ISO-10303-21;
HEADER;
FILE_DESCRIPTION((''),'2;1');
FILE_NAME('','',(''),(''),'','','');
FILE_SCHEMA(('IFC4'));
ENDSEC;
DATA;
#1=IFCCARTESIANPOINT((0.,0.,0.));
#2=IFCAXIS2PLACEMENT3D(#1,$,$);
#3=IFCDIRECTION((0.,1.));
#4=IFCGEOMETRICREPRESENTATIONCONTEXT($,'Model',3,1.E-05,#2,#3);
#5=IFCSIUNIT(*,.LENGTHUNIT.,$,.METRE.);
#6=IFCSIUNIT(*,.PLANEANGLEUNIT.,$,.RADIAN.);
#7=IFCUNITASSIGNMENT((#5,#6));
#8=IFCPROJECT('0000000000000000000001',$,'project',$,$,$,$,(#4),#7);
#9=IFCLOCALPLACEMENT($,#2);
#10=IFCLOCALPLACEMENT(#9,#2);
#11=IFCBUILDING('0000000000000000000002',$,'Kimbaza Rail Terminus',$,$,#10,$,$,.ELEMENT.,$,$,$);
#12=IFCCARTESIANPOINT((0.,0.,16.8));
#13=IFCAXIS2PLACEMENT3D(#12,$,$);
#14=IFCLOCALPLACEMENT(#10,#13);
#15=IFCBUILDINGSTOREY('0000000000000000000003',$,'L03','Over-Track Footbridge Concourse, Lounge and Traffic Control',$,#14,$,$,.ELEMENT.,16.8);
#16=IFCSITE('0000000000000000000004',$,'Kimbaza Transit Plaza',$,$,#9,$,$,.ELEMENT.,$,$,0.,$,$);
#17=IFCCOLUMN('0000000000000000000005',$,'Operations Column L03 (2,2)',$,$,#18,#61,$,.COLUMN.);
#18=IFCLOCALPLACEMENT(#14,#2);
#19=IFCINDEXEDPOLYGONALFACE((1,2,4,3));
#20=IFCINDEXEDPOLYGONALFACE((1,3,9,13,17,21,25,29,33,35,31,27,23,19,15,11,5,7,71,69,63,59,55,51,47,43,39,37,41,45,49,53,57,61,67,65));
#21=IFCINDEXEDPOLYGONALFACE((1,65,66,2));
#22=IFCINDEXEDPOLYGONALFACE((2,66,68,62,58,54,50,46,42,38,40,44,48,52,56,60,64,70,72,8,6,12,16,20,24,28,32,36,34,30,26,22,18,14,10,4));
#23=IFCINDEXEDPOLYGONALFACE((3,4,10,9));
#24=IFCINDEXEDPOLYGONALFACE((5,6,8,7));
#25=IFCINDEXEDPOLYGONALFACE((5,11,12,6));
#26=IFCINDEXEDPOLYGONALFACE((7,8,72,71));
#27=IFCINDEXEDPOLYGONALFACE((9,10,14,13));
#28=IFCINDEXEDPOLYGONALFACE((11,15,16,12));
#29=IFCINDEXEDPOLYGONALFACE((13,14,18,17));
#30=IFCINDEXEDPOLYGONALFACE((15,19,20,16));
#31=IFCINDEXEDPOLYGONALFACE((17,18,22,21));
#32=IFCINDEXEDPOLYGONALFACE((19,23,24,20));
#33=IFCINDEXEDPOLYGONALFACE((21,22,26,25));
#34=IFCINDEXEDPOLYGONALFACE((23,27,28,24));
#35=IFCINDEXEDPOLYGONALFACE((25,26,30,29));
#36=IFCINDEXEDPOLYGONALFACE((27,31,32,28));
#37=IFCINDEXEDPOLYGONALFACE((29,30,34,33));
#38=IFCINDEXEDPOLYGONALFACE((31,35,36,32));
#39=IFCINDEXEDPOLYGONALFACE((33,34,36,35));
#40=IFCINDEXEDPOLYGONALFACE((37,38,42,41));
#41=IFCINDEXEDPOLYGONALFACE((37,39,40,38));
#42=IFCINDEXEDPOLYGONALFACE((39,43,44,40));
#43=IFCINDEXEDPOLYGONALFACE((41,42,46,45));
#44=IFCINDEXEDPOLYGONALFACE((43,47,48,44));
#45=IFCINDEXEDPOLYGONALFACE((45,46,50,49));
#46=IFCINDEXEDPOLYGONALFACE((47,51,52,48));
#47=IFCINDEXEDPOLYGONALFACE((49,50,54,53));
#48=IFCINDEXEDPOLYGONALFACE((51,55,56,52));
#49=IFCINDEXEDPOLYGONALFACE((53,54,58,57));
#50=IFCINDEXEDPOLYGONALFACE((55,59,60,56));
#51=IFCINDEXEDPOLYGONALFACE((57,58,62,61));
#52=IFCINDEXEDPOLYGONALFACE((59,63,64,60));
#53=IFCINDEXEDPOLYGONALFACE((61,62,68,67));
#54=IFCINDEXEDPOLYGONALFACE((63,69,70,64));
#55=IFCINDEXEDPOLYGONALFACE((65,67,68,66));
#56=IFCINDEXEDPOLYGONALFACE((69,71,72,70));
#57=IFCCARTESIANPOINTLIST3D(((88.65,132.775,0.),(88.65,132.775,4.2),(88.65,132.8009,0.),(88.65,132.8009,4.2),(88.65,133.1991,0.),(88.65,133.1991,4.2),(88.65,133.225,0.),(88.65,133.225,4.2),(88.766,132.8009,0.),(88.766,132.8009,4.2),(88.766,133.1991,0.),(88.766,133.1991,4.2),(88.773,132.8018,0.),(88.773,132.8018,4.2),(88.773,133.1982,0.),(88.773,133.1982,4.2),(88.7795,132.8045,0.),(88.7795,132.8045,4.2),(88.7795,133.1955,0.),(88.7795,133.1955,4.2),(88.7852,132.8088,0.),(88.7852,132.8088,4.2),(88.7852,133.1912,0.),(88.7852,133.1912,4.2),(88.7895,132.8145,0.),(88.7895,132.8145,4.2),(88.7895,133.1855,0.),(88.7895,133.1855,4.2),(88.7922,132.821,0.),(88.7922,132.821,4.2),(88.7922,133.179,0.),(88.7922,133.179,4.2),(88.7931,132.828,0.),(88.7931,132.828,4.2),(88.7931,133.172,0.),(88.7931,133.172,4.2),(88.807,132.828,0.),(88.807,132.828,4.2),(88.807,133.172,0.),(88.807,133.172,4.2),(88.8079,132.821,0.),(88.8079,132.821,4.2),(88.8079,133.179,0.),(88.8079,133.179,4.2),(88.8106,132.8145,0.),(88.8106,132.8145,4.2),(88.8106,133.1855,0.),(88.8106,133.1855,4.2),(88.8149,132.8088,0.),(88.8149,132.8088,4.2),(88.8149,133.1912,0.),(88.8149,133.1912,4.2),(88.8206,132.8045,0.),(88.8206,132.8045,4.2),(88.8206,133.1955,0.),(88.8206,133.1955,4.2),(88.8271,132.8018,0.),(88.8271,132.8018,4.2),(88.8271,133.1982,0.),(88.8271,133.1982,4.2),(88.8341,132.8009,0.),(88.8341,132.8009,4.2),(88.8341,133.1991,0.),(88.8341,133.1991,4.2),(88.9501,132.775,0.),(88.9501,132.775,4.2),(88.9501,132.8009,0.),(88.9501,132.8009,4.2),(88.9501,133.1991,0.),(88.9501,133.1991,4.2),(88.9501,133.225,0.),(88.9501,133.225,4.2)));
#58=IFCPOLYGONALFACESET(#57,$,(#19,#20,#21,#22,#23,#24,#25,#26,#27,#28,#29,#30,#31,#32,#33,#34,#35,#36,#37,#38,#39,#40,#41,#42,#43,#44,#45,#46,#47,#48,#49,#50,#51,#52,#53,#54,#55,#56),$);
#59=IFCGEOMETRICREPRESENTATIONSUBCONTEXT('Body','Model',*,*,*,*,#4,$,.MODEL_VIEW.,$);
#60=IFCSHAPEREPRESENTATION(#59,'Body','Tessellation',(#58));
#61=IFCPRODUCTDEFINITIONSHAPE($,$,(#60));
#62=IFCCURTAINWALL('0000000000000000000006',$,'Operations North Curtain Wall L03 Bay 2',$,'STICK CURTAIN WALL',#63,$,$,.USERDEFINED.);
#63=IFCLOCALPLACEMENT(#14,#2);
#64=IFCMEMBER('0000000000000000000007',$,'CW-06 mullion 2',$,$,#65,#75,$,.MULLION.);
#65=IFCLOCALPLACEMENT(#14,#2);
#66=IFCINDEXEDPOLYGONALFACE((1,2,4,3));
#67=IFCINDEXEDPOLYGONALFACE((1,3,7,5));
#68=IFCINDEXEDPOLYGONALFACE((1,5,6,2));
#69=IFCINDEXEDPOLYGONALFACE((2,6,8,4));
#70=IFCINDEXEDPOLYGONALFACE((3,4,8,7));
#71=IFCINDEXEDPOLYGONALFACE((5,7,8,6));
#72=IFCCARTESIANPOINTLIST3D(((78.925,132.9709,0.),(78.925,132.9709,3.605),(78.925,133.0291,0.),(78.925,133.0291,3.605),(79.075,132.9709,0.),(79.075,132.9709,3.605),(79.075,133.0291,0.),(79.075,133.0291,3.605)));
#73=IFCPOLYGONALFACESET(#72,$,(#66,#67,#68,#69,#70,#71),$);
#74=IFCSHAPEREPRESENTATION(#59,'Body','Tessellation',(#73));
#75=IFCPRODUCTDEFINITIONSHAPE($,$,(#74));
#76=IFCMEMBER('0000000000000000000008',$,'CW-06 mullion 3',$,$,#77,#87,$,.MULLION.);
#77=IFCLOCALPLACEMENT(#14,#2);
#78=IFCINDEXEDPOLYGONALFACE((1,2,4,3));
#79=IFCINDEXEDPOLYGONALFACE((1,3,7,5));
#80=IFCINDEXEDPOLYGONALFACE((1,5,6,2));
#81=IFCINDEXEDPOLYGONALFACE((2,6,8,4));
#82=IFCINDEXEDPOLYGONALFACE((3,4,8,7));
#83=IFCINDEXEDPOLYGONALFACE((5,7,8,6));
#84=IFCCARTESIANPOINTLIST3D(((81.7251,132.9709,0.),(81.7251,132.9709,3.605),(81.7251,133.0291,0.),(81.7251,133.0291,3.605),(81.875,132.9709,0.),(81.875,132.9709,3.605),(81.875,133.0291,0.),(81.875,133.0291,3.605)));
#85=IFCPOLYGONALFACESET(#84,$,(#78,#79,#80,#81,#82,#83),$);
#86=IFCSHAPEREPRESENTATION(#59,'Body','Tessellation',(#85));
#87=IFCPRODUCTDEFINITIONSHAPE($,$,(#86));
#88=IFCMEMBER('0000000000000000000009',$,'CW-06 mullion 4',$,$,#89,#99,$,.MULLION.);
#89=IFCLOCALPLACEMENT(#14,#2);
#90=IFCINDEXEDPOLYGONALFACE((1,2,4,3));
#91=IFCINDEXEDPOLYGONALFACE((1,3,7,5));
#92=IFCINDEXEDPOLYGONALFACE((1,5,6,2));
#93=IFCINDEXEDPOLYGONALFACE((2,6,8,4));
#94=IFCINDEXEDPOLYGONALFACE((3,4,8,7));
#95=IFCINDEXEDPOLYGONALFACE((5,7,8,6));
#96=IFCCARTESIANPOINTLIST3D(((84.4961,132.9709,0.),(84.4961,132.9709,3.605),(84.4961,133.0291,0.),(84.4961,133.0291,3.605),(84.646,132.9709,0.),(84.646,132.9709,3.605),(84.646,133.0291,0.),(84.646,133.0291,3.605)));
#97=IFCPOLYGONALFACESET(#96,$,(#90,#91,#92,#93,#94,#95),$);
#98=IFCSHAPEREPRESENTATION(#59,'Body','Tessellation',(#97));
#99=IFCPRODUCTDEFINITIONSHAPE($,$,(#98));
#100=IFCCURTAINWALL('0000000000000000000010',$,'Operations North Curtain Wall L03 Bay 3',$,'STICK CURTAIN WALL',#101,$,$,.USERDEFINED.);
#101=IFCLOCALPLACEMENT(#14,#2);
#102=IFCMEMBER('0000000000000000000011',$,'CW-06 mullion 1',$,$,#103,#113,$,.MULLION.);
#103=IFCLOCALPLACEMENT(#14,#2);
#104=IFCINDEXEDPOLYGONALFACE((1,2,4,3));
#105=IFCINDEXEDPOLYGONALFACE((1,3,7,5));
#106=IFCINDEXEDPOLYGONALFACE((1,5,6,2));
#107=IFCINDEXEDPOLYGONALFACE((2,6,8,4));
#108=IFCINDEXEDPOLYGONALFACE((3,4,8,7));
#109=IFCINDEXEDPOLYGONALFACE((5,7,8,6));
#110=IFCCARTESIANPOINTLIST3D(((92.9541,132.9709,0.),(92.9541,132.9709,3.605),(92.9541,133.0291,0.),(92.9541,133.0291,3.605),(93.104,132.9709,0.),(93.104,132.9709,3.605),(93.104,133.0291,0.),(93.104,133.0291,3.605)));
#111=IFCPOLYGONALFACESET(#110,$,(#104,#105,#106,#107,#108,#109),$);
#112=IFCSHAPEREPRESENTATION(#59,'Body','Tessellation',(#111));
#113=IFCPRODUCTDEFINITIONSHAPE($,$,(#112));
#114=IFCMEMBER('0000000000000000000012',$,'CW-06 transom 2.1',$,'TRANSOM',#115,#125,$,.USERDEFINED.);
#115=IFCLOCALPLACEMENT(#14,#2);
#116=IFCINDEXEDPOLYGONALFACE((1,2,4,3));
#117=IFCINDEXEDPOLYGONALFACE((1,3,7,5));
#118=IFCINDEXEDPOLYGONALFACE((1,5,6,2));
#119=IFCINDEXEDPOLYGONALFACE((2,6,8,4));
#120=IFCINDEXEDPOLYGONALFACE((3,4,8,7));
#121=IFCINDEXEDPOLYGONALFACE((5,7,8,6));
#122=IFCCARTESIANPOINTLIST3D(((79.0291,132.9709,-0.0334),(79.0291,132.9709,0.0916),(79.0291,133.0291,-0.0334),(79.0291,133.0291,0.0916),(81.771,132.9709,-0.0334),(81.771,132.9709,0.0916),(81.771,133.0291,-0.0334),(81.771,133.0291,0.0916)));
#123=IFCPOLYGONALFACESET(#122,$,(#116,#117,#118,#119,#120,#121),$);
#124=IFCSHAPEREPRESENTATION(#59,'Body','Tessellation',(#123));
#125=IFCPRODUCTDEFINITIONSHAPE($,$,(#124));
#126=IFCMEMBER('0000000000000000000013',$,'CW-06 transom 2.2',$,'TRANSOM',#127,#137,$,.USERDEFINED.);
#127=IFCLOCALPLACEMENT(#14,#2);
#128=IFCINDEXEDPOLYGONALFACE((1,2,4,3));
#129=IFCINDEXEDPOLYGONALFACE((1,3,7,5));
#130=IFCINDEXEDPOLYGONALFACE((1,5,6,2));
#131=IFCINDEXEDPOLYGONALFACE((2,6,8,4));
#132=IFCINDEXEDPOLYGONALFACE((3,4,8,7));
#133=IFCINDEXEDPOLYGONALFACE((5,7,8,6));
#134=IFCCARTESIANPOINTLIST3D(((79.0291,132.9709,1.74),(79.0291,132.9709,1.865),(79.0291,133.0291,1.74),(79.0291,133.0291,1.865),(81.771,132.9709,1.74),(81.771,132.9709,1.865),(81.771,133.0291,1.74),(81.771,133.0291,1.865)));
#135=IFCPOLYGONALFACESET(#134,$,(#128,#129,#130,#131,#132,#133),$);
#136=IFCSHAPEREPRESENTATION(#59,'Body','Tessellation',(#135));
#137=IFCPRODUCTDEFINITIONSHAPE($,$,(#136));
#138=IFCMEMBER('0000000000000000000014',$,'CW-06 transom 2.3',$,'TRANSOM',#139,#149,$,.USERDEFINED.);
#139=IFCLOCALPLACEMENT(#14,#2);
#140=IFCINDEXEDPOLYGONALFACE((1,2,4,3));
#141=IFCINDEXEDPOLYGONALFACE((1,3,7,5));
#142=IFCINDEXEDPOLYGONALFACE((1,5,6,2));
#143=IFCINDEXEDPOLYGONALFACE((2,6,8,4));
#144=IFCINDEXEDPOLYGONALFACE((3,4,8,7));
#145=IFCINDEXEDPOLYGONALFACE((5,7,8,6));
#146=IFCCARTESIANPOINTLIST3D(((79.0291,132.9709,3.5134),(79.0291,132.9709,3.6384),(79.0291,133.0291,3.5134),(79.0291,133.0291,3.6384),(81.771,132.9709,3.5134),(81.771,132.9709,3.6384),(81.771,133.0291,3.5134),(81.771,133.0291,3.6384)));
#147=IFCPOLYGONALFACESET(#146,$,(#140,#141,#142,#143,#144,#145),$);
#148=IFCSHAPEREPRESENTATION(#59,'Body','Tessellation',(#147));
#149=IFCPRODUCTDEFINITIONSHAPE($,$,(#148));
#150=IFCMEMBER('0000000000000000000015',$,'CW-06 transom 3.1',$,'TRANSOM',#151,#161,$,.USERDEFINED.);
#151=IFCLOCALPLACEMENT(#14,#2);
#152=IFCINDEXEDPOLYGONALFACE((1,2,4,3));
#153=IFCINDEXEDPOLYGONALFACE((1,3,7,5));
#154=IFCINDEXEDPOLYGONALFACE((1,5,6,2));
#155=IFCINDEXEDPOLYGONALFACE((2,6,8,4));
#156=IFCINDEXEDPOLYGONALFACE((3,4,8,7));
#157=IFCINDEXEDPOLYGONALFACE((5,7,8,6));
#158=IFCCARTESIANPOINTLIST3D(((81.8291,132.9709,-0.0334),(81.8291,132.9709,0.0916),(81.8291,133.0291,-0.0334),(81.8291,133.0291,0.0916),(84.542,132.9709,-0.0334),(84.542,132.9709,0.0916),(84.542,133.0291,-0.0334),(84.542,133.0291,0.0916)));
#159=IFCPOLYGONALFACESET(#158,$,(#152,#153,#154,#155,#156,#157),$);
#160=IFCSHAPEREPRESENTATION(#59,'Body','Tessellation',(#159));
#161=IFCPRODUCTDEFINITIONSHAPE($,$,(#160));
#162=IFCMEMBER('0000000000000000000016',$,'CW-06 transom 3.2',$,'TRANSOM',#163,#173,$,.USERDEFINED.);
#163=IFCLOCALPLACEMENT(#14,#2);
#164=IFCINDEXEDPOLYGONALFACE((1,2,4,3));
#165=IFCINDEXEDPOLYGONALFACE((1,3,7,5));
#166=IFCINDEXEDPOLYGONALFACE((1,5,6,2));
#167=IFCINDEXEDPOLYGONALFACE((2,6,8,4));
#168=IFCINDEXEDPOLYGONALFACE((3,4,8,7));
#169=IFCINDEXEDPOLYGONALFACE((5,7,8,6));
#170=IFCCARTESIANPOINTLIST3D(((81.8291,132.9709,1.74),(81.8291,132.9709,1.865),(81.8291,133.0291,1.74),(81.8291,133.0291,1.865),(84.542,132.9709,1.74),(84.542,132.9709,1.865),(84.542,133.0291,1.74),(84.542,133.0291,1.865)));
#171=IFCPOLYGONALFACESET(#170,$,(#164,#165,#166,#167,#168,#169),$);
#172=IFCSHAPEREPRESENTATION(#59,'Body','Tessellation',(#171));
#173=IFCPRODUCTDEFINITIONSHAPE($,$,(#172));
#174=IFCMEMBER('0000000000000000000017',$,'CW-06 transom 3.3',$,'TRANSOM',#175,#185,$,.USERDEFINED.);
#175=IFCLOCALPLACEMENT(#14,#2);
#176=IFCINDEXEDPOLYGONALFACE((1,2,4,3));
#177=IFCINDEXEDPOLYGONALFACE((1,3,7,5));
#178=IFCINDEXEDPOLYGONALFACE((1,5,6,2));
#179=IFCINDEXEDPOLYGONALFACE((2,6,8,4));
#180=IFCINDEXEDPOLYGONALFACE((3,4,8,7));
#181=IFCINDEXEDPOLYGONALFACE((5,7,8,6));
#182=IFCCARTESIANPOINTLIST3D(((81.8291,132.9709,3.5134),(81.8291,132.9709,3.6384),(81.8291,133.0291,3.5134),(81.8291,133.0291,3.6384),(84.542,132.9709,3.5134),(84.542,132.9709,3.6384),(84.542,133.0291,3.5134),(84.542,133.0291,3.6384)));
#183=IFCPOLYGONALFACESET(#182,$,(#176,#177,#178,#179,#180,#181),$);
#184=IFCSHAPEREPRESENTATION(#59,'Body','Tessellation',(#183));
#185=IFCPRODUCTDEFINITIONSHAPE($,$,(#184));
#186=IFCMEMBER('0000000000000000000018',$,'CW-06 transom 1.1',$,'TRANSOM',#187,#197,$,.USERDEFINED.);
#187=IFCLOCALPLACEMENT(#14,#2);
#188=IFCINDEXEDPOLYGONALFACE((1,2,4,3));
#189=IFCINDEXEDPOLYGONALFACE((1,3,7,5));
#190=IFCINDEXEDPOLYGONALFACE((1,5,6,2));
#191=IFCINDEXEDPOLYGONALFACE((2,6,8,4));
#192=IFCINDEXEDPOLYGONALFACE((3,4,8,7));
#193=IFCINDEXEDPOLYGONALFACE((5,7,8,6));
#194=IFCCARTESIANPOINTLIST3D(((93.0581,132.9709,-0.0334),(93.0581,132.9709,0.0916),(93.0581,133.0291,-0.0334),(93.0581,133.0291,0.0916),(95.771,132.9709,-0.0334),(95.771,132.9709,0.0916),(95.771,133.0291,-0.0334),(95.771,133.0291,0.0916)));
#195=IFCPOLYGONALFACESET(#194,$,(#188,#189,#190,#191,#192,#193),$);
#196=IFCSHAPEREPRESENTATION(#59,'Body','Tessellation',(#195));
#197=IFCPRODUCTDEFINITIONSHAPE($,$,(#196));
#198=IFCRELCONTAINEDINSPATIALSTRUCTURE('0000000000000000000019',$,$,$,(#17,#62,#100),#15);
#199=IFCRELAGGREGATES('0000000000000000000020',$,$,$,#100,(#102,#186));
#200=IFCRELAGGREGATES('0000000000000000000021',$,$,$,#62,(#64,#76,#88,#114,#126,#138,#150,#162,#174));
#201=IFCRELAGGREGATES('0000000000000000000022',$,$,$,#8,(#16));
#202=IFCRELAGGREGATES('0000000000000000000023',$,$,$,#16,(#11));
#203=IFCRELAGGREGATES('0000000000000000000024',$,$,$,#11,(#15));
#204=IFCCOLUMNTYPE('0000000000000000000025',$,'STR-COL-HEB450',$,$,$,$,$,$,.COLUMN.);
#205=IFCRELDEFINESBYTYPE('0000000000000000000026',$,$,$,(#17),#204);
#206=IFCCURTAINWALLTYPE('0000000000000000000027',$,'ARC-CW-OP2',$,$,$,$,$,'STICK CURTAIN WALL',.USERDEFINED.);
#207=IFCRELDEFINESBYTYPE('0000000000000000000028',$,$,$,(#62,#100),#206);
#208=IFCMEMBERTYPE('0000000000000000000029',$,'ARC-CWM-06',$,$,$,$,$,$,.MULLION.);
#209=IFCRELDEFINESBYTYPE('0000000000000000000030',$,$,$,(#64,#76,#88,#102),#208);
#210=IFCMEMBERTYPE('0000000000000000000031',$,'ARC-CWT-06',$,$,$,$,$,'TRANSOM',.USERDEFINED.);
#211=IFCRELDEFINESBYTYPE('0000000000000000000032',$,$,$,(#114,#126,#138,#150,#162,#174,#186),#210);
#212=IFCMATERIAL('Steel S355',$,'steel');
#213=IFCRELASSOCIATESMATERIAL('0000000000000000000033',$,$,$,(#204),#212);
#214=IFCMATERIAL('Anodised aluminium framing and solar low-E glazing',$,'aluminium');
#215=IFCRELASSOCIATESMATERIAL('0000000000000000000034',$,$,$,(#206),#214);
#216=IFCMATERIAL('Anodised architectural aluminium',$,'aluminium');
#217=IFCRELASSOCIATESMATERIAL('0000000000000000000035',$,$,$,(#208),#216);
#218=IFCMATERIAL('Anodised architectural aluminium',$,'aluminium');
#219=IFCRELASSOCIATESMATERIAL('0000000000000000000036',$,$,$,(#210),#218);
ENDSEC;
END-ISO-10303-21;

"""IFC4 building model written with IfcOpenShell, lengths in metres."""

from ifc_helpers import new_model, si_unit, direction, frame, origin, origin_2d, place, context, subcontext, project, spatial, rectangle, i_section, extrude, material, material_profile, profile_set, type_object, element, aggregate, save


model = new_model("IFC4")

# Units and contexts
model_context = context("Model", 3, precision=1e-05, world=origin(), true_north=direction((0.0, 1.0)))
body_context = subcontext(model_context, "Body", "Model", "MODEL_VIEW")
ifc_project = project(units=[si_unit("LENGTHUNIT", "METRE"), si_unit("PLANEANGLEUNIT", "RADIAN")], contexts=[model_context])

# Site, building, storey
site_placement = place(None, origin())
site = spatial("IfcSite", under=ifc_project, at=site_placement, Name="Kimbaza Transit Plaza", CompositionType="ELEMENT", RefElevation=0.0)
building_placement = place(site_placement, origin())
building = spatial("IfcBuilding", under=site, at=building_placement, Name="Kimbaza Rail Terminus", CompositionType="ELEMENT")
storey_placement = place(building_placement, frame((0.0, 0.0, 16.8)))
storey = spatial("IfcBuildingStorey", under=building, at=storey_placement, Name="L03", Description="Over-Track Footbridge Concourse, Lounge and Traffic Control", CompositionType="ELEMENT", Elevation=16.8)

# Column
ifc_material_1 = material(Name="Steel S355", Category="steel")
ifc_material_profile_1 = material_profile(ifc_material_1, i_section(OverallWidth=0.3, OverallDepth=0.45, WebThickness=0.0139, FlangeThickness=0.0259, FilletRadius=0.0271, at=origin_2d()), Name="HEB 450")
ifc_profile_set_1 = profile_set([ifc_material_profile_1], Name="Steel S355")
column_type = type_object("IfcColumnType", Name="STR-COL-HEB450", PredefinedType="COLUMN", material=ifc_profile_set_1)
column_placement = place(storey_placement, frame((88.8, 133.0, 0.0), z_axis=(0.0, 0.0, 1.0), x_axis=(1.0, 0.0, 0.0)))
element("IfcColumn", 1, at=column_placement, inside=storey, type_object=column_type, Name="Operations Column L03 (2,2)", PredefinedType="COLUMN", context=body_context, shape_type="SweptSolid", body=[
    extrude(i_section(OverallWidth=0.3, OverallDepth=0.45, WebThickness=0.0139, FlangeThickness=0.0259, FilletRadius=0.0271, at=origin_2d()), origin(), (0.0, 0.0, 1.0), 4.2),
])

# Curtain wall, members
ifc_material_2 = material(Name="Anodised aluminium framing and solar low-E glazing", Category="aluminium")
curtain_wall_type = type_object("IfcCurtainWallType", Name="ARC-CW-OP2", ElementType="STICK CURTAIN WALL", PredefinedType="USERDEFINED", material=ifc_material_2)
curtain_wall_1_placement = place(storey_placement, origin())
curtain_wall_1 = element("IfcCurtainWall", 2, at=curtain_wall_1_placement, inside=storey, type_object=curtain_wall_type, Name="Operations North Curtain Wall L03 Bay 2", ObjectType="STICK CURTAIN WALL", PredefinedType="USERDEFINED")
ifc_material_3 = material(Name="Anodised architectural aluminium", Category="aluminium")
ifc_material_profile_2 = material_profile(ifc_material_3, rectangle(XDim=0.0581, YDim=0.1499, at=origin_2d()), Name="MULLION 58x150")
ifc_profile_set_2 = profile_set([ifc_material_profile_2], Name="Anodised architectural aluminium")
member_type_1 = type_object("IfcMemberType", Name="ARC-CWM-06", PredefinedType="MULLION", material=ifc_profile_set_2)
member_1_placement = place(storey_placement, frame((79.0, 133.0, 0.0), z_axis=(0.0, 0.0, 1.0), x_axis=(0.0, 1.0, 0.0)))
member_1 = element("IfcMember", 3, at=member_1_placement, type_object=member_type_1, Name="CW-06 mullion 2", PredefinedType="MULLION", context=body_context, shape_type="SweptSolid", body=[
    extrude(rectangle(XDim=0.0581, YDim=0.1499, at=origin_2d()), origin(), (0.0, 0.0, 1.0), 3.605),
])
member_2_placement = place(storey_placement, frame((81.8, 133.0, 0.0), z_axis=(0.0, 0.0, 1.0), x_axis=(0.0, 1.0, 0.0)))
member_2 = element("IfcMember", 4, at=member_2_placement, type_object=member_type_1, Name="CW-06 mullion 3", PredefinedType="MULLION", context=body_context, shape_type="SweptSolid", body=[
    extrude(rectangle(XDim=0.0581, YDim=0.1499, at=origin_2d()), origin(), (0.0, 0.0, 1.0), 3.605),
])
member_3_placement = place(storey_placement, frame((84.571, 133.0, 0.0), z_axis=(0.0, 0.0, 1.0), x_axis=(0.0, 1.0, 0.0)))
member_3 = element("IfcMember", 5, at=member_3_placement, type_object=member_type_1, Name="CW-06 mullion 4", PredefinedType="MULLION", context=body_context, shape_type="SweptSolid", body=[
    extrude(rectangle(XDim=0.0581, YDim=0.1499, at=origin_2d()), origin(), (0.0, 0.0, 1.0), 3.605),
])

# Curtain wall, member
curtain_wall_2_placement = place(storey_placement, origin())
curtain_wall_2 = element("IfcCurtainWall", 6, at=curtain_wall_2_placement, inside=storey, type_object=curtain_wall_type, Name="Operations North Curtain Wall L03 Bay 3", ObjectType="STICK CURTAIN WALL", PredefinedType="USERDEFINED")
member_4_placement = place(storey_placement, frame((93.0291, 133.0, 0.0), z_axis=(0.0, 0.0, 1.0), x_axis=(0.0, 1.0, 0.0)))
member_4 = element("IfcMember", 7, at=member_4_placement, type_object=member_type_1, Name="CW-06 mullion 1", PredefinedType="MULLION", context=body_context, shape_type="SweptSolid", body=[
    extrude(rectangle(XDim=0.0581, YDim=0.1499, at=origin_2d()), origin(), (0.0, 0.0, 1.0), 3.605),
])

# Members
ifc_material_4 = material(Name="Anodised architectural aluminium", Category="aluminium")
ifc_material_profile_3 = material_profile(ifc_material_4, rectangle(XDim=0.0581, YDim=0.125, at=origin_2d()), Name="TRANSOM 58x125")
ifc_profile_set_3 = profile_set([ifc_material_profile_3], Name="Anodised architectural aluminium")
member_type_2 = type_object("IfcMemberType", Name="ARC-CWT-06", ElementType="TRANSOM", PredefinedType="USERDEFINED", material=ifc_profile_set_3)
member_5_placement = place(storey_placement, frame((79.0291, 133.0, 0.0291), z_axis=(1.0, 0.0, 0.0), x_axis=(0.0, 1.0, 0.0)))
member_5 = element("IfcMember", 8, at=member_5_placement, type_object=member_type_2, Name="CW-06 transom 2.1", ObjectType="TRANSOM", PredefinedType="USERDEFINED", context=body_context, shape_type="SweptSolid", body=[
    extrude(rectangle(XDim=0.0581, YDim=0.125, at=origin_2d()), origin(), (0.0, 0.0, 1.0), 2.7419),
])
member_6_placement = place(storey_placement, frame((79.0291, 133.0, 1.8025), z_axis=(1.0, 0.0, 0.0), x_axis=(0.0, 1.0, 0.0)))
member_6 = element("IfcMember", 9, at=member_6_placement, type_object=member_type_2, Name="CW-06 transom 2.2", ObjectType="TRANSOM", PredefinedType="USERDEFINED", context=body_context, shape_type="SweptSolid", body=[
    extrude(rectangle(XDim=0.0581, YDim=0.125, at=origin_2d()), origin(), (0.0, 0.0, 1.0), 2.7419),
])
member_7_placement = place(storey_placement, frame((79.0291, 133.0, 3.5759), z_axis=(1.0, 0.0, 0.0), x_axis=(0.0, 1.0, 0.0)))
member_7 = element("IfcMember", 10, at=member_7_placement, type_object=member_type_2, Name="CW-06 transom 2.3", ObjectType="TRANSOM", PredefinedType="USERDEFINED", context=body_context, shape_type="SweptSolid", body=[
    extrude(rectangle(XDim=0.0581, YDim=0.125, at=origin_2d()), origin(), (0.0, 0.0, 1.0), 2.7419),
])
member_8_placement = place(storey_placement, frame((81.8291, 133.0, 0.0291), z_axis=(1.0, 0.0, 0.0), x_axis=(0.0, 1.0, 0.0)))
member_8 = element("IfcMember", 11, at=member_8_placement, type_object=member_type_2, Name="CW-06 transom 3.1", ObjectType="TRANSOM", PredefinedType="USERDEFINED", context=body_context, shape_type="SweptSolid", body=[
    extrude(rectangle(XDim=0.0581, YDim=0.125, at=origin_2d()), origin(), (0.0, 0.0, 1.0), 2.7129),
])
member_9_placement = place(storey_placement, frame((81.8291, 133.0, 1.8025), z_axis=(1.0, 0.0, 0.0), x_axis=(0.0, 1.0, 0.0)))
member_9 = element("IfcMember", 12, at=member_9_placement, type_object=member_type_2, Name="CW-06 transom 3.2", ObjectType="TRANSOM", PredefinedType="USERDEFINED", context=body_context, shape_type="SweptSolid", body=[
    extrude(rectangle(XDim=0.0581, YDim=0.125, at=origin_2d()), origin(), (0.0, 0.0, 1.0), 2.7129),
])
member_10_placement = place(storey_placement, frame((81.8291, 133.0, 3.5759), z_axis=(1.0, 0.0, 0.0), x_axis=(0.0, 1.0, 0.0)))
member_10 = element("IfcMember", 13, at=member_10_placement, type_object=member_type_2, Name="CW-06 transom 3.3", ObjectType="TRANSOM", PredefinedType="USERDEFINED", context=body_context, shape_type="SweptSolid", body=[
    extrude(rectangle(XDim=0.0581, YDim=0.125, at=origin_2d()), origin(), (0.0, 0.0, 1.0), 2.7129),
])
member_11_placement = place(storey_placement, frame((93.0581, 133.0, 0.0291), z_axis=(1.0, 0.0, 0.0), x_axis=(0.0, 1.0, 0.0)))
member_11 = element("IfcMember", 14, at=member_11_placement, type_object=member_type_2, Name="CW-06 transom 1.1", ObjectType="TRANSOM", PredefinedType="USERDEFINED", context=body_context, shape_type="SweptSolid", body=[
    extrude(rectangle(XDim=0.0581, YDim=0.125, at=origin_2d()), origin(), (0.0, 0.0, 1.0), 2.7129),
])
aggregate(curtain_wall_2, [member_4, member_11])

aggregate(curtain_wall_1, [member_1, member_2, member_3, member_5, member_6, member_7, member_8, member_9, member_10])

save(model, "model.ifc")
